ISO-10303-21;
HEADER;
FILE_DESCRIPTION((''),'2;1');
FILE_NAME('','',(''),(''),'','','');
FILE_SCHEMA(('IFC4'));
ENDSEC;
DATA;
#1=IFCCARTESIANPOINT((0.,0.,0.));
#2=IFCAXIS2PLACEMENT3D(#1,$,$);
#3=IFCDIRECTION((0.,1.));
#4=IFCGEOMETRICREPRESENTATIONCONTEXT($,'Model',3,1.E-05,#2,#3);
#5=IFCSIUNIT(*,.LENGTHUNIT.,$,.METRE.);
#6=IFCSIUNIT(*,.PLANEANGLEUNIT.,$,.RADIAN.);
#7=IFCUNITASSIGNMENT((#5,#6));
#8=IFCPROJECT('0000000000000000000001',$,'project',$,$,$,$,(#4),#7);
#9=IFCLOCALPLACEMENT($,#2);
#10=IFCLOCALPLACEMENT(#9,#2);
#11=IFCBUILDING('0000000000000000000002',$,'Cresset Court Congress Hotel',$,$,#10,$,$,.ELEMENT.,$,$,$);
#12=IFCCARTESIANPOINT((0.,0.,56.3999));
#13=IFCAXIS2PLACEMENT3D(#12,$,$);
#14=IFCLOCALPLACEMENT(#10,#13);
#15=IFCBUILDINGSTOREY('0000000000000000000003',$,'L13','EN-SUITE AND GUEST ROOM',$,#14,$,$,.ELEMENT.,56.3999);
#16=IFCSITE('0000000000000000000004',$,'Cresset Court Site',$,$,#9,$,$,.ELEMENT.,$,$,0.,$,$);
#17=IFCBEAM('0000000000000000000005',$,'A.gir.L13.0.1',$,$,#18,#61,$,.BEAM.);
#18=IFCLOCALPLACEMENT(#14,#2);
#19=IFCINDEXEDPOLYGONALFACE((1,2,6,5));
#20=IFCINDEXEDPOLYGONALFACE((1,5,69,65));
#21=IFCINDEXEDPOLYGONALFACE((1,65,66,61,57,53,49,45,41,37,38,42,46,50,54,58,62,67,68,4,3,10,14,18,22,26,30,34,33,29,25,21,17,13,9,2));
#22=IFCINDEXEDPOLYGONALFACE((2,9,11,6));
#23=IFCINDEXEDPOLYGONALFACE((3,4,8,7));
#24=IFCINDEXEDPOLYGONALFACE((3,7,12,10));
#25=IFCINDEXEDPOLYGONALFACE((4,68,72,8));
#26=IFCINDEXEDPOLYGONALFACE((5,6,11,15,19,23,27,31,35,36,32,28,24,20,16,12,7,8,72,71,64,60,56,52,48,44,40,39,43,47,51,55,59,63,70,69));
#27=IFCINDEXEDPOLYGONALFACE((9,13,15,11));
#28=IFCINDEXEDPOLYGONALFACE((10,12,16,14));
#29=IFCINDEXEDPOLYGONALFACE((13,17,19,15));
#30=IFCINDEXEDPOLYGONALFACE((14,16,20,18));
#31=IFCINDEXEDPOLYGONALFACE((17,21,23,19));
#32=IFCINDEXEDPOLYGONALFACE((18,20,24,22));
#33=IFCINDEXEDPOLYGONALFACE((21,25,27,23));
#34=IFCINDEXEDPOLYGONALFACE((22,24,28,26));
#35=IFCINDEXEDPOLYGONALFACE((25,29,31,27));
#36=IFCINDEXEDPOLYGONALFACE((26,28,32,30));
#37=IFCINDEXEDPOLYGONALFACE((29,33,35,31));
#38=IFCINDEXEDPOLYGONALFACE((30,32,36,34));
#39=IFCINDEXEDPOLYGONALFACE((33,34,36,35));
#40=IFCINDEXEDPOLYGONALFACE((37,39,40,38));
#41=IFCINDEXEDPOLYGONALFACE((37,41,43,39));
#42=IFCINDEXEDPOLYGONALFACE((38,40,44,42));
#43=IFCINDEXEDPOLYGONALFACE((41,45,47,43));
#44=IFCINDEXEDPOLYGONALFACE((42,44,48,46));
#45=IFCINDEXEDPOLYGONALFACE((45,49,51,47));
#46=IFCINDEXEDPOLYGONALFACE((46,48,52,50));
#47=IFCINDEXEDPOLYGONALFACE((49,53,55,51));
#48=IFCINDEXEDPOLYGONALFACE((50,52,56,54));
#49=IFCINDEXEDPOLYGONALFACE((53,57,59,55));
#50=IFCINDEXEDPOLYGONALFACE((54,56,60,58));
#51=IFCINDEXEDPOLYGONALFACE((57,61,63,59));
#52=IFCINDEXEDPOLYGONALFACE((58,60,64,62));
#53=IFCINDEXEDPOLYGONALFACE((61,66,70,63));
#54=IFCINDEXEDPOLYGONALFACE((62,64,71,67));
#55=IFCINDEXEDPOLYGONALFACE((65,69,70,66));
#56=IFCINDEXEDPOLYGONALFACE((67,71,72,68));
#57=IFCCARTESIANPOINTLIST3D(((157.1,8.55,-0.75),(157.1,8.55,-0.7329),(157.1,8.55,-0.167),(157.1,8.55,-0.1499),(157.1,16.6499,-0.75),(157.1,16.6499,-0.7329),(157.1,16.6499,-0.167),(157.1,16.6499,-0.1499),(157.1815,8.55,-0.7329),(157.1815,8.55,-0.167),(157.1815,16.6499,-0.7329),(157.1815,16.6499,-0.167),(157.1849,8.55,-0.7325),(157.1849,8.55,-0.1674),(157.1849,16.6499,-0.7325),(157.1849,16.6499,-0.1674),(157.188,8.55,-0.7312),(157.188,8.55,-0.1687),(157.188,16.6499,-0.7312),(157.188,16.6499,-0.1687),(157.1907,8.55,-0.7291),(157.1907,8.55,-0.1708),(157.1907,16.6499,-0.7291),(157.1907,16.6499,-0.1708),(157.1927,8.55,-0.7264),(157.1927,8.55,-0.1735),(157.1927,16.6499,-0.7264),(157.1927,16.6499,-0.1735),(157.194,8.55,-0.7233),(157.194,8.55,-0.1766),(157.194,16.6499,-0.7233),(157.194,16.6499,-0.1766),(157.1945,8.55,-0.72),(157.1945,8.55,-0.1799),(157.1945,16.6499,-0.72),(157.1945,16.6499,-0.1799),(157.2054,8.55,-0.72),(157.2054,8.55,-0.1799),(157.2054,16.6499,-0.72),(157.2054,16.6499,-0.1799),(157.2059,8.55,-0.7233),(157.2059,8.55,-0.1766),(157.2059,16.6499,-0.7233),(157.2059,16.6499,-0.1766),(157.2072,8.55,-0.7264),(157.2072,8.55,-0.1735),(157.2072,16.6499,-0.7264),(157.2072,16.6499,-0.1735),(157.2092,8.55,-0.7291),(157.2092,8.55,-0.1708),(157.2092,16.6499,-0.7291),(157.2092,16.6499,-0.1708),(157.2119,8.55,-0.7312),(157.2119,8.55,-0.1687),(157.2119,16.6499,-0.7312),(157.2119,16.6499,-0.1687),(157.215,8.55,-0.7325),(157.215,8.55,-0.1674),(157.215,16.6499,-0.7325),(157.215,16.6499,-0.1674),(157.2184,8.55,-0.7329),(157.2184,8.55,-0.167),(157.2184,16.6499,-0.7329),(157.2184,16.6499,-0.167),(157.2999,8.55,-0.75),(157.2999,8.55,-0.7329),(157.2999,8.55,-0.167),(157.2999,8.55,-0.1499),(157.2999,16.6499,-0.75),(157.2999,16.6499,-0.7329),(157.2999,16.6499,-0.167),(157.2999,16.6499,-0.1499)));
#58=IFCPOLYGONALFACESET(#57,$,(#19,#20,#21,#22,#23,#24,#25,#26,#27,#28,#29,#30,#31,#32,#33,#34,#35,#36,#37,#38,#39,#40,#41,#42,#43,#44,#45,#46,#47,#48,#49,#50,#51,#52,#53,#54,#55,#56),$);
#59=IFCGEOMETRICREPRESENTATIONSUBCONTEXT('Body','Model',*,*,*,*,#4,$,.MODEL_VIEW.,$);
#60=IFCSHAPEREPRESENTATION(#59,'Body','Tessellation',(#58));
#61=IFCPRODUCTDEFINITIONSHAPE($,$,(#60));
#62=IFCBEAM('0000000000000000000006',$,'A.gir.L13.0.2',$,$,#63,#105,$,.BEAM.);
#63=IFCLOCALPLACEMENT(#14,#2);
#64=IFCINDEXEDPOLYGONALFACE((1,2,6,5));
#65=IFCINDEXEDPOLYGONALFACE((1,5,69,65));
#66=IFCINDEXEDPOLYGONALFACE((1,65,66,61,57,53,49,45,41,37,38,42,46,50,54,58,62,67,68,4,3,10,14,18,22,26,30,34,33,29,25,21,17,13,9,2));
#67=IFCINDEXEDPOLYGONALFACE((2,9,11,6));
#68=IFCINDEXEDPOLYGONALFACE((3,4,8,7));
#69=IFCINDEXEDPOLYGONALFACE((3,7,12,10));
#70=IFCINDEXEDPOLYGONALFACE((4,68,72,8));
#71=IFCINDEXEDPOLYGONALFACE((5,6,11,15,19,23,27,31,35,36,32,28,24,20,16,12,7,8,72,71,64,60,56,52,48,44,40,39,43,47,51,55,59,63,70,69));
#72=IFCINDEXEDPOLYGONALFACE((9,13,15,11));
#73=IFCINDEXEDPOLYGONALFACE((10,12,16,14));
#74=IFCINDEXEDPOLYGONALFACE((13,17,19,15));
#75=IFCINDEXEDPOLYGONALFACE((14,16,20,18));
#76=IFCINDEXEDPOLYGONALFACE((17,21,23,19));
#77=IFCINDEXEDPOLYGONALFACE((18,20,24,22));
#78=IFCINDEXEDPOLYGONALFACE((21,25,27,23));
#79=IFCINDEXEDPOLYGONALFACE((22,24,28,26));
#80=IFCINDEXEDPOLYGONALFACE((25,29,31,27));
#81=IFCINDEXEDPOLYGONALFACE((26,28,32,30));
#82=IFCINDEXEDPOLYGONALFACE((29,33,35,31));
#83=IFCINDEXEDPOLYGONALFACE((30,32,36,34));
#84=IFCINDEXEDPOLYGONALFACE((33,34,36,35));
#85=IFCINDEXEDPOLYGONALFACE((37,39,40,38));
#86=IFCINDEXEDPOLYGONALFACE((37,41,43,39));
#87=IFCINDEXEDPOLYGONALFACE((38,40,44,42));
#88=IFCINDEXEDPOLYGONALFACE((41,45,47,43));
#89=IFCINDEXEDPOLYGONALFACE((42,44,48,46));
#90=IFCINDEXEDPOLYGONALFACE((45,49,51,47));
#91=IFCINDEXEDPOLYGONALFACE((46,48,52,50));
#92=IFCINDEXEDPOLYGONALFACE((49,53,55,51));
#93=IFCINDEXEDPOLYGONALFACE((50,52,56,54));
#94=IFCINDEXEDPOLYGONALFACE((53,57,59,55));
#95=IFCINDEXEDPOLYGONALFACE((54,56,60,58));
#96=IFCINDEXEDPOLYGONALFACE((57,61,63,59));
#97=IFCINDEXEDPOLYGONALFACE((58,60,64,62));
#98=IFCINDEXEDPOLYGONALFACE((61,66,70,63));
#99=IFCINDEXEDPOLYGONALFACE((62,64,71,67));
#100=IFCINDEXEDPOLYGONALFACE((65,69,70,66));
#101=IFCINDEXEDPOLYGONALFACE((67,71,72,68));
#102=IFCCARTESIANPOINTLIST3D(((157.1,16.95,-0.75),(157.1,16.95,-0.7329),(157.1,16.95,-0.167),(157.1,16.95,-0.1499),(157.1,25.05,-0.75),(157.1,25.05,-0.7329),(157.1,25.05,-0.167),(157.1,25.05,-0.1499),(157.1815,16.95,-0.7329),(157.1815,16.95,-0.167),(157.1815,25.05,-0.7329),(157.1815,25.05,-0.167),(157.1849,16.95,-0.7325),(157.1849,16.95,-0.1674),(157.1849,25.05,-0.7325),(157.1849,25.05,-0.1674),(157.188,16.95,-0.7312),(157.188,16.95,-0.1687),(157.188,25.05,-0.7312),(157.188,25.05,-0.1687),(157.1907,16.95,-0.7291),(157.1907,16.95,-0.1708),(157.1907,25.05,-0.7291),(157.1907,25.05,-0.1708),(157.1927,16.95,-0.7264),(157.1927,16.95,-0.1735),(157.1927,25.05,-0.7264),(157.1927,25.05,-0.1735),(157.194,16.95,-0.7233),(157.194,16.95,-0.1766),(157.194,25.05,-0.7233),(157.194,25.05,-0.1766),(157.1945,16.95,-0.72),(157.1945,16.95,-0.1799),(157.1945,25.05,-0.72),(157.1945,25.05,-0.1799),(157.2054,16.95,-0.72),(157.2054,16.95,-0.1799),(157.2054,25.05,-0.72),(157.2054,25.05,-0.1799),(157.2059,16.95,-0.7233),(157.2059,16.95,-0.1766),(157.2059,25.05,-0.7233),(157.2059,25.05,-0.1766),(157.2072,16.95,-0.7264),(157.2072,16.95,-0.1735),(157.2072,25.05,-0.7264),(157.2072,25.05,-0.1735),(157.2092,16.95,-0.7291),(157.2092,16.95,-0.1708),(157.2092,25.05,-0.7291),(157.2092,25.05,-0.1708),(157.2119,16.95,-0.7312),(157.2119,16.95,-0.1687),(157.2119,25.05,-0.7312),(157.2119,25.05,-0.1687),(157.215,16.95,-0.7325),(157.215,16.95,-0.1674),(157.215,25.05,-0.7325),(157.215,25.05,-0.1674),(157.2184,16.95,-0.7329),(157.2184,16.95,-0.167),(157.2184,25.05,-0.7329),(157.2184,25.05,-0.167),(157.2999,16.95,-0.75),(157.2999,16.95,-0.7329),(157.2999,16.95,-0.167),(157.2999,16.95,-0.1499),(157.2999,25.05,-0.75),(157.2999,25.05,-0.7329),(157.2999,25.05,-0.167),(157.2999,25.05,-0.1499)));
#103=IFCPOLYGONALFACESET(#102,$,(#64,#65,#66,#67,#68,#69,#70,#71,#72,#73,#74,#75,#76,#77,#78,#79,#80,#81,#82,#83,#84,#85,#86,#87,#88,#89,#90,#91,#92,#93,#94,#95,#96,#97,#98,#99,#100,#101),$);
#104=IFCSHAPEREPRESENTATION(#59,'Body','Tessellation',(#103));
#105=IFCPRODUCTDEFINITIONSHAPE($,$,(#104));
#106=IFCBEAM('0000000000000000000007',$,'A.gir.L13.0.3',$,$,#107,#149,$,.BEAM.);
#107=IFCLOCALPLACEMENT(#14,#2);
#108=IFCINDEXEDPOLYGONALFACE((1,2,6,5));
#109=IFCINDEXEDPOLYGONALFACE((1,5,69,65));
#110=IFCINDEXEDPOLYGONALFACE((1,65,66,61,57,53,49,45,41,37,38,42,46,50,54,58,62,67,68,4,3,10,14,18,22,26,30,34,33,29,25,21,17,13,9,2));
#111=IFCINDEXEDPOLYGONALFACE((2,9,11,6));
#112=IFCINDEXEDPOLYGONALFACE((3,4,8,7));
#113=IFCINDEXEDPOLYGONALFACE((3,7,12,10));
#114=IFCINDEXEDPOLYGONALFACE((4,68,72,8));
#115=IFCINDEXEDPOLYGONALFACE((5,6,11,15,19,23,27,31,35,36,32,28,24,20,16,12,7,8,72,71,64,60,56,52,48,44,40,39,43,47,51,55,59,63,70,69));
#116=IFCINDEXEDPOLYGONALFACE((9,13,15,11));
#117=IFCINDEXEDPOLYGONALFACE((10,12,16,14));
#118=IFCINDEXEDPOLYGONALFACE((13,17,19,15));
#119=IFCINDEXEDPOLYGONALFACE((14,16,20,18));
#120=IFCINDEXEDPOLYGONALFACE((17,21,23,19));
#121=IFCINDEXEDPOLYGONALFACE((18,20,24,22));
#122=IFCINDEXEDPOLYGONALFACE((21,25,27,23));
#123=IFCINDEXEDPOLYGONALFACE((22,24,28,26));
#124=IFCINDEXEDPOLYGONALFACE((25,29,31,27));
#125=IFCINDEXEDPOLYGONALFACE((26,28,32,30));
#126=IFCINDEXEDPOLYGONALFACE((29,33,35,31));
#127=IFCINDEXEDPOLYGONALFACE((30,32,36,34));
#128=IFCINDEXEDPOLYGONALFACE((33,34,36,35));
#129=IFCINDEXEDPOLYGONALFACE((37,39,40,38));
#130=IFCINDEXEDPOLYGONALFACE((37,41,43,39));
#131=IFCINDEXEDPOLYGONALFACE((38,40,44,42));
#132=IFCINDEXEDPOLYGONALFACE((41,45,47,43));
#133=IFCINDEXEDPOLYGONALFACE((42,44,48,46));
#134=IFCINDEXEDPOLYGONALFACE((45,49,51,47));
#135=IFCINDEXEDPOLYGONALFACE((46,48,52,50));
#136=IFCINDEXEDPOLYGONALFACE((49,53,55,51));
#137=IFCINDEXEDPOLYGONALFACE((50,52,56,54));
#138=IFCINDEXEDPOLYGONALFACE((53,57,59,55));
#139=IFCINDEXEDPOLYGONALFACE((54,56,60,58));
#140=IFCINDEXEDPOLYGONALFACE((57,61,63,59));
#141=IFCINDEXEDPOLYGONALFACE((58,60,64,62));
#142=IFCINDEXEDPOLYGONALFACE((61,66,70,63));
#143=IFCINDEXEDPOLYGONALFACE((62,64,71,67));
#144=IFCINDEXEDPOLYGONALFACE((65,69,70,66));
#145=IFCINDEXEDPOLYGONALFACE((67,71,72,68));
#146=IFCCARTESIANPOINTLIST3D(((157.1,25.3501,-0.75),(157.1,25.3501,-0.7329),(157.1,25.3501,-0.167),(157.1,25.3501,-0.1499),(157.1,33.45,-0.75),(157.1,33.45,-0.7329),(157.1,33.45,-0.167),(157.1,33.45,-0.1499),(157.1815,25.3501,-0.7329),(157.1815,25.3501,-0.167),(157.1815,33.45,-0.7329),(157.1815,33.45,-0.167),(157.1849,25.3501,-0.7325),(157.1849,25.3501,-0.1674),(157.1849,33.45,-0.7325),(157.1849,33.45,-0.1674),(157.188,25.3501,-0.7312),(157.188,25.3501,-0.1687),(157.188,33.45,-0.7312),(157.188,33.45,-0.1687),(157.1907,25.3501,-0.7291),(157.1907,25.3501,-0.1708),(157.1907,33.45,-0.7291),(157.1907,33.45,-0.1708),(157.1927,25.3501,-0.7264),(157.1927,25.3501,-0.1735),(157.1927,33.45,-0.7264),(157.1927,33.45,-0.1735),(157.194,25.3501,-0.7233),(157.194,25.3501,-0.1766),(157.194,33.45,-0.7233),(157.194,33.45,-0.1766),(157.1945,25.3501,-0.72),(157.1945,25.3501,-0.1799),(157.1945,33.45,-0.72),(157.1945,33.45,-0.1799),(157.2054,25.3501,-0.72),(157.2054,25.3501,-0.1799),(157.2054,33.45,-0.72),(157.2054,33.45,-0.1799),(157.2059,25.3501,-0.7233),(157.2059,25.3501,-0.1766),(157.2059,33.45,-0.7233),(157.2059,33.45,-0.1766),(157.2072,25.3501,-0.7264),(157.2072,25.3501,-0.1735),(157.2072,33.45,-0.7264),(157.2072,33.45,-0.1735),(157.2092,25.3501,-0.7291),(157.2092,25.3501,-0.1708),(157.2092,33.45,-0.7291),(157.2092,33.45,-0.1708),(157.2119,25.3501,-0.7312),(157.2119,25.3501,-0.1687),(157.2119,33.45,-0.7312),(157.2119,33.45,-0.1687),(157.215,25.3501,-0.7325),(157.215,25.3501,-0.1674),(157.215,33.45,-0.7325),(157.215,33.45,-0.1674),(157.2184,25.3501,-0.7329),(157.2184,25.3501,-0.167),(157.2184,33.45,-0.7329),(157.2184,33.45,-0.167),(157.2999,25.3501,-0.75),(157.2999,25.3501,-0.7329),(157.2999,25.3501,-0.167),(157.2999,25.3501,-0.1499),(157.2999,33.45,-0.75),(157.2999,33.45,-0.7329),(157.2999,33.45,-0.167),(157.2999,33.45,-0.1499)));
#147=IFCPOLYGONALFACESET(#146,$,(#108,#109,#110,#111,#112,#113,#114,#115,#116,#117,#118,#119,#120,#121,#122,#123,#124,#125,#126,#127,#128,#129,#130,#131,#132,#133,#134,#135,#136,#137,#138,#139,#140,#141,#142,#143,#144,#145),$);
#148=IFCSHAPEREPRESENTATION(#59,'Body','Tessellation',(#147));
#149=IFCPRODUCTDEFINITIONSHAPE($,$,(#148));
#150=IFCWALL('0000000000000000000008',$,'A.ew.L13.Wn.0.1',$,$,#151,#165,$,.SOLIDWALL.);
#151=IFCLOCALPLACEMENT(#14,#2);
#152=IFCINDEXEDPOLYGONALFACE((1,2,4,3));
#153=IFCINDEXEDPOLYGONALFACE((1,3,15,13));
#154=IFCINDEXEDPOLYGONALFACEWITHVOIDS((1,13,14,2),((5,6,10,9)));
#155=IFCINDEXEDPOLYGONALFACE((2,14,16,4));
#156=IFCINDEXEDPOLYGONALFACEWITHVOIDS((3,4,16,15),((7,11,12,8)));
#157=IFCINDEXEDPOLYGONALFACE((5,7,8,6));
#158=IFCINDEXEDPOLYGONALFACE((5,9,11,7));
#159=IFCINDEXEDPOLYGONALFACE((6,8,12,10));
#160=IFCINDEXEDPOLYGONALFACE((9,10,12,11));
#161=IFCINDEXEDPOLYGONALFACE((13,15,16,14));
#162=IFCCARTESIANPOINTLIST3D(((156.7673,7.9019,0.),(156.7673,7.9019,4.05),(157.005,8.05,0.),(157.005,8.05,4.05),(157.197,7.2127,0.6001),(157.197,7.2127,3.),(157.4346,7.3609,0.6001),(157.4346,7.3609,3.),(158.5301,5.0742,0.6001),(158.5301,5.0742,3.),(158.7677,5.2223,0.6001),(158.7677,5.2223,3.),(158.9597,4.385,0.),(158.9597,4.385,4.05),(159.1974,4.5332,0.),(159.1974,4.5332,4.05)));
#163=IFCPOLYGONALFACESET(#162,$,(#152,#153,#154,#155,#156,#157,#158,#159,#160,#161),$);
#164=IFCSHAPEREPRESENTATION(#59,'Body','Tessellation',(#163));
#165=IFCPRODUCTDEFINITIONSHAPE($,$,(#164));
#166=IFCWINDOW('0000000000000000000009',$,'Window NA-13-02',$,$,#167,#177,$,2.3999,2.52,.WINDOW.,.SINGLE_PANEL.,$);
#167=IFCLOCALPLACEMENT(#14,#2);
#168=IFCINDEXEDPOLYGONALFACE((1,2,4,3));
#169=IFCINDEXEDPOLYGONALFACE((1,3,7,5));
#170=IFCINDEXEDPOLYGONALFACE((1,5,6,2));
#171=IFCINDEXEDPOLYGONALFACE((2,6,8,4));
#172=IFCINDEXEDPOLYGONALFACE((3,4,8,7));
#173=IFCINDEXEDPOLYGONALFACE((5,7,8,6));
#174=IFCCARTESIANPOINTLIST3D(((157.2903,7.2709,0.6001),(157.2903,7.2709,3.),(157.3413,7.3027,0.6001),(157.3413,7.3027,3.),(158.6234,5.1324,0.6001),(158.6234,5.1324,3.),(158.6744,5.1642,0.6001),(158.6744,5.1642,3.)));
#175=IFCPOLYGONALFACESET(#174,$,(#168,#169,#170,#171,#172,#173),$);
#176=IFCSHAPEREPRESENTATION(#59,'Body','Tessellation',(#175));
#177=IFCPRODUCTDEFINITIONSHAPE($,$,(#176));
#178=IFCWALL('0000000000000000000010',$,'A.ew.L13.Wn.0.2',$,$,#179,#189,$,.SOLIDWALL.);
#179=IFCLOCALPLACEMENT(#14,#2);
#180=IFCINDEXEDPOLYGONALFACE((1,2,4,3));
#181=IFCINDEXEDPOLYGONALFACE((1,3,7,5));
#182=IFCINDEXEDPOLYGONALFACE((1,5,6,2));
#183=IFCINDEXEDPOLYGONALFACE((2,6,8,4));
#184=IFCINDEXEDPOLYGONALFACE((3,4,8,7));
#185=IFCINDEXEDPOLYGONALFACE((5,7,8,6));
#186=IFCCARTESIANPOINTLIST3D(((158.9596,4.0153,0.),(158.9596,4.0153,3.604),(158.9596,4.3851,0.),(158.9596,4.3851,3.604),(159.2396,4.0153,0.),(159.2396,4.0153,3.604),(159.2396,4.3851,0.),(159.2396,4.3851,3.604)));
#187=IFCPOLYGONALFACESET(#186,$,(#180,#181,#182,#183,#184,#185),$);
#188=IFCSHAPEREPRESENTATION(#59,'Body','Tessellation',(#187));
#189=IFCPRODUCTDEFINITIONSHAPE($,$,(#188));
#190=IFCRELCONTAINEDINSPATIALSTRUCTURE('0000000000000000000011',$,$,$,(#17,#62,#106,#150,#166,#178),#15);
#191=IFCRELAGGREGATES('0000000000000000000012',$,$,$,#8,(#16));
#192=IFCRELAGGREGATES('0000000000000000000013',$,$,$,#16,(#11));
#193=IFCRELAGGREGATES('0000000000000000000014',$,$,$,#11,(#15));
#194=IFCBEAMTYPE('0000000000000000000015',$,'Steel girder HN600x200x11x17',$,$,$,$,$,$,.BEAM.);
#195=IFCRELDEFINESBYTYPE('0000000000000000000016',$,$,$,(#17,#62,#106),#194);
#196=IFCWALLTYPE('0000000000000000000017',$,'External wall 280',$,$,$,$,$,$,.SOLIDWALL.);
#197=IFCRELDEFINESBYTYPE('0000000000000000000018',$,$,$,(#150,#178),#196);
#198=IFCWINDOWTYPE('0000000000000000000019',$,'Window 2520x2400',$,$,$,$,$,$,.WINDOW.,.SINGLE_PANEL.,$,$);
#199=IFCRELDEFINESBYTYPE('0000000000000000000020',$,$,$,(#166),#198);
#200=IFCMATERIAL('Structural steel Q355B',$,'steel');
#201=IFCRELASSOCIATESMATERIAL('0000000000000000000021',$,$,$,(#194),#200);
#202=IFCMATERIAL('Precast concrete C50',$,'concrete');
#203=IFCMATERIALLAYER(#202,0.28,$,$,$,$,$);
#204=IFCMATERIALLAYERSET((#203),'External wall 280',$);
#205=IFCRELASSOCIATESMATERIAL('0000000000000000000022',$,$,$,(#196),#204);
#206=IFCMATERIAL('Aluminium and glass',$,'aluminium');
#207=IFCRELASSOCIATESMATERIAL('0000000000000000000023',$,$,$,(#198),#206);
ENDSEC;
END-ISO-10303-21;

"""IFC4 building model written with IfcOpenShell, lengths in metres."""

from ifc_helpers import new_model, si_unit, direction, frame, frame_2d, origin, origin_2d, place, context, subcontext, project, spatial, rectangle, i_section, extrude, material, layer, layer_set, material_profile, profile_set, type_object, element, fill, save


model = new_model("IFC4")

# Units and contexts
model_context = context("Model", 3, precision=1e-05, world=origin(), true_north=direction((0.0, 1.0)))
body_context = subcontext(model_context, "Body", "Model", "MODEL_VIEW")
ifc_project = project(units=[si_unit("LENGTHUNIT", "METRE"), si_unit("PLANEANGLEUNIT", "RADIAN")], contexts=[model_context])

# Site, building, storey
site_placement = place(None, origin())
site = spatial("IfcSite", under=ifc_project, at=site_placement, Name="Cresset Court Site", CompositionType="ELEMENT", RefElevation=0.0)
building_placement = place(site_placement, origin())
building = spatial("IfcBuilding", under=site, at=building_placement, Name="Cresset Court Congress Hotel", CompositionType="ELEMENT")
storey_placement = place(building_placement, frame((0.0, 0.0, 56.3999)))
storey = spatial("IfcBuildingStorey", under=building, at=storey_placement, Name="L13", Description="EN-SUITE AND GUEST ROOM", CompositionType="ELEMENT", Elevation=56.3999)

# Beams
ifc_material_1 = material(Name="Structural steel Q355B", Category="steel")
ifc_material_profile_1 = material_profile(ifc_material_1, i_section(OverallWidth=0.2, OverallDepth=0.6001, WebThickness=0.011, FlangeThickness=0.0171, FilletRadius=0.0129, at=origin_2d()), Name="HN600x200x11x17")
ifc_profile_set_1 = profile_set([ifc_material_profile_1], Name="Structural steel Q355B")
beam_type_1 = type_object("IfcBeamType", Name="Steel girder HN600x200x11x17", PredefinedType="BEAM", material=ifc_profile_set_1)
beam_1_placement = place(storey_placement, frame((157.2, 8.55, -0.45), z_axis=(0.0, 1.0, 0.0), x_axis=(-1.0, 0.0, 0.0)))
element("IfcBeam", 1, at=beam_1_placement, inside=storey, type_object=beam_type_1, Name="A.gir.L13.0.1", PredefinedType="BEAM", context=body_context, shape_type="SweptSolid", body=[
    extrude(i_section(OverallWidth=0.2, OverallDepth=0.6001, WebThickness=0.011, FlangeThickness=0.0171, FilletRadius=0.0129, at=origin_2d()), origin(), (0.0, 0.0, 1.0), 8.0999),
])
beam_2_placement = place(storey_placement, frame((157.2, 16.95, -0.45), z_axis=(0.0, 1.0, 0.0), x_axis=(-1.0, 0.0, 0.0)))
element("IfcBeam", 2, at=beam_2_placement, inside=storey, type_object=beam_type_1, Name="A.gir.L13.0.2", PredefinedType="BEAM", context=body_context, shape_type="SweptSolid", body=[
    extrude(i_section(OverallWidth=0.2, OverallDepth=0.6001, WebThickness=0.011, FlangeThickness=0.0171, FilletRadius=0.0129, at=origin_2d()), origin(), (0.0, 0.0, 1.0), 8.1001),
])
beam_3_placement = place(storey_placement, frame((157.2, 25.3501, -0.45), z_axis=(0.0, 1.0, 0.0), x_axis=(-1.0, 0.0, 0.0)))
element("IfcBeam", 3, at=beam_3_placement, inside=storey, type_object=beam_type_1, Name="A.gir.L13.0.3", PredefinedType="BEAM", context=body_context, shape_type="SweptSolid", body=[
    extrude(i_section(OverallWidth=0.2, OverallDepth=0.6001, WebThickness=0.011, FlangeThickness=0.0171, FilletRadius=0.0129, at=origin_2d()), origin(), (0.0, 0.0, 1.0), 8.0999),
])

# Wall, opening, window
ifc_material_2 = material(Name="Precast concrete C50", Category="concrete")
ifc_layer_1 = layer(ifc_material_2, 0.28)
ifc_layer_set_1 = layer_set([ifc_layer_1], Name="External wall 280")
wall_type_1 = type_object("IfcWallType", Name="External wall 280", PredefinedType="SOLIDWALL", material=ifc_layer_set_1)
wall_1_placement = place(storey_placement, frame((159.0786, 4.459, 0.0), z_axis=(0.0, 0.0, 1.0), x_axis=(-0.529019, 0.84861, 0.0)))
wall_1 = element("IfcWall", 4, at=wall_1_placement, inside=storey, type_object=wall_type_1, Name="A.ew.L13.Wn.0.1", PredefinedType="SOLIDWALL", context=body_context, shape_type="SweptSolid", body=[
    extrude(rectangle(XDim=4.1443, YDim=0.28, at=frame_2d((2.0723, 0.0))), origin(), (0.0, 0.0, 1.0), 4.05),
])
opening_1_placement = place(wall_1_placement, frame((0.8123, 0.0, 0.6001)))
opening_1 = element("IfcOpeningElement", 5, at=opening_1_placement, cuts=wall_1, PredefinedType="OPENING", context=body_context, shape_type="SweptSolid", body=[
    extrude(rectangle(XDim=2.52, YDim=2.3999, at=frame_2d((1.26, 1.2))), frame((0.0, 0.1499, 0.0), z_axis=(0.0, -1.0, 0.0), x_axis=(1.0, 0.0, 0.0)), (0.0, 0.0, 1.0), 0.3),
])
ifc_material_3 = material(Name="Aluminium and glass", Category="aluminium")
window_type = type_object("IfcWindowType", Name="Window 2520x2400", PartitioningType="SINGLE_PANEL", PredefinedType="WINDOW", material=ifc_material_3)
window_1_placement = place(opening_1_placement, origin())
window_1 = element("IfcWindow", 6, at=window_1_placement, inside=storey, type_object=window_type, Name="Window NA-13-02", OverallHeight=2.3999, OverallWidth=2.52, PartitioningType="SINGLE_PANEL", PredefinedType="WINDOW", context=body_context, shape_type="SweptSolid", body=[
    extrude(rectangle(XDim=2.52, YDim=2.3999, at=frame_2d((1.26, 1.2))), frame((0.0, 0.03, 0.0), z_axis=(0.0, -1.0, 0.0), x_axis=(1.0, 0.0, 0.0)), (0.0, 0.0, 1.0), 0.0601),
])
fill(opening_1, window_1)

# Wall
wall_2_placement = place(storey_placement, frame((159.0996, 4.0151, 0.0), z_axis=(0.0, 0.0, 1.0), x_axis=(0.0, 1.0, 0.0)))
element("IfcWall", 7, at=wall_2_placement, inside=storey, type_object=wall_type_1, Name="A.ew.L13.Wn.0.2", PredefinedType="SOLIDWALL", context=body_context, shape_type="SweptSolid", body=[
    extrude(rectangle(XDim=0.3699, YDim=0.28, at=frame_2d((0.1851, 0.0))), origin(), (0.0, 0.0, 1.0), 3.604),
])

save(model, "model.ifc")
